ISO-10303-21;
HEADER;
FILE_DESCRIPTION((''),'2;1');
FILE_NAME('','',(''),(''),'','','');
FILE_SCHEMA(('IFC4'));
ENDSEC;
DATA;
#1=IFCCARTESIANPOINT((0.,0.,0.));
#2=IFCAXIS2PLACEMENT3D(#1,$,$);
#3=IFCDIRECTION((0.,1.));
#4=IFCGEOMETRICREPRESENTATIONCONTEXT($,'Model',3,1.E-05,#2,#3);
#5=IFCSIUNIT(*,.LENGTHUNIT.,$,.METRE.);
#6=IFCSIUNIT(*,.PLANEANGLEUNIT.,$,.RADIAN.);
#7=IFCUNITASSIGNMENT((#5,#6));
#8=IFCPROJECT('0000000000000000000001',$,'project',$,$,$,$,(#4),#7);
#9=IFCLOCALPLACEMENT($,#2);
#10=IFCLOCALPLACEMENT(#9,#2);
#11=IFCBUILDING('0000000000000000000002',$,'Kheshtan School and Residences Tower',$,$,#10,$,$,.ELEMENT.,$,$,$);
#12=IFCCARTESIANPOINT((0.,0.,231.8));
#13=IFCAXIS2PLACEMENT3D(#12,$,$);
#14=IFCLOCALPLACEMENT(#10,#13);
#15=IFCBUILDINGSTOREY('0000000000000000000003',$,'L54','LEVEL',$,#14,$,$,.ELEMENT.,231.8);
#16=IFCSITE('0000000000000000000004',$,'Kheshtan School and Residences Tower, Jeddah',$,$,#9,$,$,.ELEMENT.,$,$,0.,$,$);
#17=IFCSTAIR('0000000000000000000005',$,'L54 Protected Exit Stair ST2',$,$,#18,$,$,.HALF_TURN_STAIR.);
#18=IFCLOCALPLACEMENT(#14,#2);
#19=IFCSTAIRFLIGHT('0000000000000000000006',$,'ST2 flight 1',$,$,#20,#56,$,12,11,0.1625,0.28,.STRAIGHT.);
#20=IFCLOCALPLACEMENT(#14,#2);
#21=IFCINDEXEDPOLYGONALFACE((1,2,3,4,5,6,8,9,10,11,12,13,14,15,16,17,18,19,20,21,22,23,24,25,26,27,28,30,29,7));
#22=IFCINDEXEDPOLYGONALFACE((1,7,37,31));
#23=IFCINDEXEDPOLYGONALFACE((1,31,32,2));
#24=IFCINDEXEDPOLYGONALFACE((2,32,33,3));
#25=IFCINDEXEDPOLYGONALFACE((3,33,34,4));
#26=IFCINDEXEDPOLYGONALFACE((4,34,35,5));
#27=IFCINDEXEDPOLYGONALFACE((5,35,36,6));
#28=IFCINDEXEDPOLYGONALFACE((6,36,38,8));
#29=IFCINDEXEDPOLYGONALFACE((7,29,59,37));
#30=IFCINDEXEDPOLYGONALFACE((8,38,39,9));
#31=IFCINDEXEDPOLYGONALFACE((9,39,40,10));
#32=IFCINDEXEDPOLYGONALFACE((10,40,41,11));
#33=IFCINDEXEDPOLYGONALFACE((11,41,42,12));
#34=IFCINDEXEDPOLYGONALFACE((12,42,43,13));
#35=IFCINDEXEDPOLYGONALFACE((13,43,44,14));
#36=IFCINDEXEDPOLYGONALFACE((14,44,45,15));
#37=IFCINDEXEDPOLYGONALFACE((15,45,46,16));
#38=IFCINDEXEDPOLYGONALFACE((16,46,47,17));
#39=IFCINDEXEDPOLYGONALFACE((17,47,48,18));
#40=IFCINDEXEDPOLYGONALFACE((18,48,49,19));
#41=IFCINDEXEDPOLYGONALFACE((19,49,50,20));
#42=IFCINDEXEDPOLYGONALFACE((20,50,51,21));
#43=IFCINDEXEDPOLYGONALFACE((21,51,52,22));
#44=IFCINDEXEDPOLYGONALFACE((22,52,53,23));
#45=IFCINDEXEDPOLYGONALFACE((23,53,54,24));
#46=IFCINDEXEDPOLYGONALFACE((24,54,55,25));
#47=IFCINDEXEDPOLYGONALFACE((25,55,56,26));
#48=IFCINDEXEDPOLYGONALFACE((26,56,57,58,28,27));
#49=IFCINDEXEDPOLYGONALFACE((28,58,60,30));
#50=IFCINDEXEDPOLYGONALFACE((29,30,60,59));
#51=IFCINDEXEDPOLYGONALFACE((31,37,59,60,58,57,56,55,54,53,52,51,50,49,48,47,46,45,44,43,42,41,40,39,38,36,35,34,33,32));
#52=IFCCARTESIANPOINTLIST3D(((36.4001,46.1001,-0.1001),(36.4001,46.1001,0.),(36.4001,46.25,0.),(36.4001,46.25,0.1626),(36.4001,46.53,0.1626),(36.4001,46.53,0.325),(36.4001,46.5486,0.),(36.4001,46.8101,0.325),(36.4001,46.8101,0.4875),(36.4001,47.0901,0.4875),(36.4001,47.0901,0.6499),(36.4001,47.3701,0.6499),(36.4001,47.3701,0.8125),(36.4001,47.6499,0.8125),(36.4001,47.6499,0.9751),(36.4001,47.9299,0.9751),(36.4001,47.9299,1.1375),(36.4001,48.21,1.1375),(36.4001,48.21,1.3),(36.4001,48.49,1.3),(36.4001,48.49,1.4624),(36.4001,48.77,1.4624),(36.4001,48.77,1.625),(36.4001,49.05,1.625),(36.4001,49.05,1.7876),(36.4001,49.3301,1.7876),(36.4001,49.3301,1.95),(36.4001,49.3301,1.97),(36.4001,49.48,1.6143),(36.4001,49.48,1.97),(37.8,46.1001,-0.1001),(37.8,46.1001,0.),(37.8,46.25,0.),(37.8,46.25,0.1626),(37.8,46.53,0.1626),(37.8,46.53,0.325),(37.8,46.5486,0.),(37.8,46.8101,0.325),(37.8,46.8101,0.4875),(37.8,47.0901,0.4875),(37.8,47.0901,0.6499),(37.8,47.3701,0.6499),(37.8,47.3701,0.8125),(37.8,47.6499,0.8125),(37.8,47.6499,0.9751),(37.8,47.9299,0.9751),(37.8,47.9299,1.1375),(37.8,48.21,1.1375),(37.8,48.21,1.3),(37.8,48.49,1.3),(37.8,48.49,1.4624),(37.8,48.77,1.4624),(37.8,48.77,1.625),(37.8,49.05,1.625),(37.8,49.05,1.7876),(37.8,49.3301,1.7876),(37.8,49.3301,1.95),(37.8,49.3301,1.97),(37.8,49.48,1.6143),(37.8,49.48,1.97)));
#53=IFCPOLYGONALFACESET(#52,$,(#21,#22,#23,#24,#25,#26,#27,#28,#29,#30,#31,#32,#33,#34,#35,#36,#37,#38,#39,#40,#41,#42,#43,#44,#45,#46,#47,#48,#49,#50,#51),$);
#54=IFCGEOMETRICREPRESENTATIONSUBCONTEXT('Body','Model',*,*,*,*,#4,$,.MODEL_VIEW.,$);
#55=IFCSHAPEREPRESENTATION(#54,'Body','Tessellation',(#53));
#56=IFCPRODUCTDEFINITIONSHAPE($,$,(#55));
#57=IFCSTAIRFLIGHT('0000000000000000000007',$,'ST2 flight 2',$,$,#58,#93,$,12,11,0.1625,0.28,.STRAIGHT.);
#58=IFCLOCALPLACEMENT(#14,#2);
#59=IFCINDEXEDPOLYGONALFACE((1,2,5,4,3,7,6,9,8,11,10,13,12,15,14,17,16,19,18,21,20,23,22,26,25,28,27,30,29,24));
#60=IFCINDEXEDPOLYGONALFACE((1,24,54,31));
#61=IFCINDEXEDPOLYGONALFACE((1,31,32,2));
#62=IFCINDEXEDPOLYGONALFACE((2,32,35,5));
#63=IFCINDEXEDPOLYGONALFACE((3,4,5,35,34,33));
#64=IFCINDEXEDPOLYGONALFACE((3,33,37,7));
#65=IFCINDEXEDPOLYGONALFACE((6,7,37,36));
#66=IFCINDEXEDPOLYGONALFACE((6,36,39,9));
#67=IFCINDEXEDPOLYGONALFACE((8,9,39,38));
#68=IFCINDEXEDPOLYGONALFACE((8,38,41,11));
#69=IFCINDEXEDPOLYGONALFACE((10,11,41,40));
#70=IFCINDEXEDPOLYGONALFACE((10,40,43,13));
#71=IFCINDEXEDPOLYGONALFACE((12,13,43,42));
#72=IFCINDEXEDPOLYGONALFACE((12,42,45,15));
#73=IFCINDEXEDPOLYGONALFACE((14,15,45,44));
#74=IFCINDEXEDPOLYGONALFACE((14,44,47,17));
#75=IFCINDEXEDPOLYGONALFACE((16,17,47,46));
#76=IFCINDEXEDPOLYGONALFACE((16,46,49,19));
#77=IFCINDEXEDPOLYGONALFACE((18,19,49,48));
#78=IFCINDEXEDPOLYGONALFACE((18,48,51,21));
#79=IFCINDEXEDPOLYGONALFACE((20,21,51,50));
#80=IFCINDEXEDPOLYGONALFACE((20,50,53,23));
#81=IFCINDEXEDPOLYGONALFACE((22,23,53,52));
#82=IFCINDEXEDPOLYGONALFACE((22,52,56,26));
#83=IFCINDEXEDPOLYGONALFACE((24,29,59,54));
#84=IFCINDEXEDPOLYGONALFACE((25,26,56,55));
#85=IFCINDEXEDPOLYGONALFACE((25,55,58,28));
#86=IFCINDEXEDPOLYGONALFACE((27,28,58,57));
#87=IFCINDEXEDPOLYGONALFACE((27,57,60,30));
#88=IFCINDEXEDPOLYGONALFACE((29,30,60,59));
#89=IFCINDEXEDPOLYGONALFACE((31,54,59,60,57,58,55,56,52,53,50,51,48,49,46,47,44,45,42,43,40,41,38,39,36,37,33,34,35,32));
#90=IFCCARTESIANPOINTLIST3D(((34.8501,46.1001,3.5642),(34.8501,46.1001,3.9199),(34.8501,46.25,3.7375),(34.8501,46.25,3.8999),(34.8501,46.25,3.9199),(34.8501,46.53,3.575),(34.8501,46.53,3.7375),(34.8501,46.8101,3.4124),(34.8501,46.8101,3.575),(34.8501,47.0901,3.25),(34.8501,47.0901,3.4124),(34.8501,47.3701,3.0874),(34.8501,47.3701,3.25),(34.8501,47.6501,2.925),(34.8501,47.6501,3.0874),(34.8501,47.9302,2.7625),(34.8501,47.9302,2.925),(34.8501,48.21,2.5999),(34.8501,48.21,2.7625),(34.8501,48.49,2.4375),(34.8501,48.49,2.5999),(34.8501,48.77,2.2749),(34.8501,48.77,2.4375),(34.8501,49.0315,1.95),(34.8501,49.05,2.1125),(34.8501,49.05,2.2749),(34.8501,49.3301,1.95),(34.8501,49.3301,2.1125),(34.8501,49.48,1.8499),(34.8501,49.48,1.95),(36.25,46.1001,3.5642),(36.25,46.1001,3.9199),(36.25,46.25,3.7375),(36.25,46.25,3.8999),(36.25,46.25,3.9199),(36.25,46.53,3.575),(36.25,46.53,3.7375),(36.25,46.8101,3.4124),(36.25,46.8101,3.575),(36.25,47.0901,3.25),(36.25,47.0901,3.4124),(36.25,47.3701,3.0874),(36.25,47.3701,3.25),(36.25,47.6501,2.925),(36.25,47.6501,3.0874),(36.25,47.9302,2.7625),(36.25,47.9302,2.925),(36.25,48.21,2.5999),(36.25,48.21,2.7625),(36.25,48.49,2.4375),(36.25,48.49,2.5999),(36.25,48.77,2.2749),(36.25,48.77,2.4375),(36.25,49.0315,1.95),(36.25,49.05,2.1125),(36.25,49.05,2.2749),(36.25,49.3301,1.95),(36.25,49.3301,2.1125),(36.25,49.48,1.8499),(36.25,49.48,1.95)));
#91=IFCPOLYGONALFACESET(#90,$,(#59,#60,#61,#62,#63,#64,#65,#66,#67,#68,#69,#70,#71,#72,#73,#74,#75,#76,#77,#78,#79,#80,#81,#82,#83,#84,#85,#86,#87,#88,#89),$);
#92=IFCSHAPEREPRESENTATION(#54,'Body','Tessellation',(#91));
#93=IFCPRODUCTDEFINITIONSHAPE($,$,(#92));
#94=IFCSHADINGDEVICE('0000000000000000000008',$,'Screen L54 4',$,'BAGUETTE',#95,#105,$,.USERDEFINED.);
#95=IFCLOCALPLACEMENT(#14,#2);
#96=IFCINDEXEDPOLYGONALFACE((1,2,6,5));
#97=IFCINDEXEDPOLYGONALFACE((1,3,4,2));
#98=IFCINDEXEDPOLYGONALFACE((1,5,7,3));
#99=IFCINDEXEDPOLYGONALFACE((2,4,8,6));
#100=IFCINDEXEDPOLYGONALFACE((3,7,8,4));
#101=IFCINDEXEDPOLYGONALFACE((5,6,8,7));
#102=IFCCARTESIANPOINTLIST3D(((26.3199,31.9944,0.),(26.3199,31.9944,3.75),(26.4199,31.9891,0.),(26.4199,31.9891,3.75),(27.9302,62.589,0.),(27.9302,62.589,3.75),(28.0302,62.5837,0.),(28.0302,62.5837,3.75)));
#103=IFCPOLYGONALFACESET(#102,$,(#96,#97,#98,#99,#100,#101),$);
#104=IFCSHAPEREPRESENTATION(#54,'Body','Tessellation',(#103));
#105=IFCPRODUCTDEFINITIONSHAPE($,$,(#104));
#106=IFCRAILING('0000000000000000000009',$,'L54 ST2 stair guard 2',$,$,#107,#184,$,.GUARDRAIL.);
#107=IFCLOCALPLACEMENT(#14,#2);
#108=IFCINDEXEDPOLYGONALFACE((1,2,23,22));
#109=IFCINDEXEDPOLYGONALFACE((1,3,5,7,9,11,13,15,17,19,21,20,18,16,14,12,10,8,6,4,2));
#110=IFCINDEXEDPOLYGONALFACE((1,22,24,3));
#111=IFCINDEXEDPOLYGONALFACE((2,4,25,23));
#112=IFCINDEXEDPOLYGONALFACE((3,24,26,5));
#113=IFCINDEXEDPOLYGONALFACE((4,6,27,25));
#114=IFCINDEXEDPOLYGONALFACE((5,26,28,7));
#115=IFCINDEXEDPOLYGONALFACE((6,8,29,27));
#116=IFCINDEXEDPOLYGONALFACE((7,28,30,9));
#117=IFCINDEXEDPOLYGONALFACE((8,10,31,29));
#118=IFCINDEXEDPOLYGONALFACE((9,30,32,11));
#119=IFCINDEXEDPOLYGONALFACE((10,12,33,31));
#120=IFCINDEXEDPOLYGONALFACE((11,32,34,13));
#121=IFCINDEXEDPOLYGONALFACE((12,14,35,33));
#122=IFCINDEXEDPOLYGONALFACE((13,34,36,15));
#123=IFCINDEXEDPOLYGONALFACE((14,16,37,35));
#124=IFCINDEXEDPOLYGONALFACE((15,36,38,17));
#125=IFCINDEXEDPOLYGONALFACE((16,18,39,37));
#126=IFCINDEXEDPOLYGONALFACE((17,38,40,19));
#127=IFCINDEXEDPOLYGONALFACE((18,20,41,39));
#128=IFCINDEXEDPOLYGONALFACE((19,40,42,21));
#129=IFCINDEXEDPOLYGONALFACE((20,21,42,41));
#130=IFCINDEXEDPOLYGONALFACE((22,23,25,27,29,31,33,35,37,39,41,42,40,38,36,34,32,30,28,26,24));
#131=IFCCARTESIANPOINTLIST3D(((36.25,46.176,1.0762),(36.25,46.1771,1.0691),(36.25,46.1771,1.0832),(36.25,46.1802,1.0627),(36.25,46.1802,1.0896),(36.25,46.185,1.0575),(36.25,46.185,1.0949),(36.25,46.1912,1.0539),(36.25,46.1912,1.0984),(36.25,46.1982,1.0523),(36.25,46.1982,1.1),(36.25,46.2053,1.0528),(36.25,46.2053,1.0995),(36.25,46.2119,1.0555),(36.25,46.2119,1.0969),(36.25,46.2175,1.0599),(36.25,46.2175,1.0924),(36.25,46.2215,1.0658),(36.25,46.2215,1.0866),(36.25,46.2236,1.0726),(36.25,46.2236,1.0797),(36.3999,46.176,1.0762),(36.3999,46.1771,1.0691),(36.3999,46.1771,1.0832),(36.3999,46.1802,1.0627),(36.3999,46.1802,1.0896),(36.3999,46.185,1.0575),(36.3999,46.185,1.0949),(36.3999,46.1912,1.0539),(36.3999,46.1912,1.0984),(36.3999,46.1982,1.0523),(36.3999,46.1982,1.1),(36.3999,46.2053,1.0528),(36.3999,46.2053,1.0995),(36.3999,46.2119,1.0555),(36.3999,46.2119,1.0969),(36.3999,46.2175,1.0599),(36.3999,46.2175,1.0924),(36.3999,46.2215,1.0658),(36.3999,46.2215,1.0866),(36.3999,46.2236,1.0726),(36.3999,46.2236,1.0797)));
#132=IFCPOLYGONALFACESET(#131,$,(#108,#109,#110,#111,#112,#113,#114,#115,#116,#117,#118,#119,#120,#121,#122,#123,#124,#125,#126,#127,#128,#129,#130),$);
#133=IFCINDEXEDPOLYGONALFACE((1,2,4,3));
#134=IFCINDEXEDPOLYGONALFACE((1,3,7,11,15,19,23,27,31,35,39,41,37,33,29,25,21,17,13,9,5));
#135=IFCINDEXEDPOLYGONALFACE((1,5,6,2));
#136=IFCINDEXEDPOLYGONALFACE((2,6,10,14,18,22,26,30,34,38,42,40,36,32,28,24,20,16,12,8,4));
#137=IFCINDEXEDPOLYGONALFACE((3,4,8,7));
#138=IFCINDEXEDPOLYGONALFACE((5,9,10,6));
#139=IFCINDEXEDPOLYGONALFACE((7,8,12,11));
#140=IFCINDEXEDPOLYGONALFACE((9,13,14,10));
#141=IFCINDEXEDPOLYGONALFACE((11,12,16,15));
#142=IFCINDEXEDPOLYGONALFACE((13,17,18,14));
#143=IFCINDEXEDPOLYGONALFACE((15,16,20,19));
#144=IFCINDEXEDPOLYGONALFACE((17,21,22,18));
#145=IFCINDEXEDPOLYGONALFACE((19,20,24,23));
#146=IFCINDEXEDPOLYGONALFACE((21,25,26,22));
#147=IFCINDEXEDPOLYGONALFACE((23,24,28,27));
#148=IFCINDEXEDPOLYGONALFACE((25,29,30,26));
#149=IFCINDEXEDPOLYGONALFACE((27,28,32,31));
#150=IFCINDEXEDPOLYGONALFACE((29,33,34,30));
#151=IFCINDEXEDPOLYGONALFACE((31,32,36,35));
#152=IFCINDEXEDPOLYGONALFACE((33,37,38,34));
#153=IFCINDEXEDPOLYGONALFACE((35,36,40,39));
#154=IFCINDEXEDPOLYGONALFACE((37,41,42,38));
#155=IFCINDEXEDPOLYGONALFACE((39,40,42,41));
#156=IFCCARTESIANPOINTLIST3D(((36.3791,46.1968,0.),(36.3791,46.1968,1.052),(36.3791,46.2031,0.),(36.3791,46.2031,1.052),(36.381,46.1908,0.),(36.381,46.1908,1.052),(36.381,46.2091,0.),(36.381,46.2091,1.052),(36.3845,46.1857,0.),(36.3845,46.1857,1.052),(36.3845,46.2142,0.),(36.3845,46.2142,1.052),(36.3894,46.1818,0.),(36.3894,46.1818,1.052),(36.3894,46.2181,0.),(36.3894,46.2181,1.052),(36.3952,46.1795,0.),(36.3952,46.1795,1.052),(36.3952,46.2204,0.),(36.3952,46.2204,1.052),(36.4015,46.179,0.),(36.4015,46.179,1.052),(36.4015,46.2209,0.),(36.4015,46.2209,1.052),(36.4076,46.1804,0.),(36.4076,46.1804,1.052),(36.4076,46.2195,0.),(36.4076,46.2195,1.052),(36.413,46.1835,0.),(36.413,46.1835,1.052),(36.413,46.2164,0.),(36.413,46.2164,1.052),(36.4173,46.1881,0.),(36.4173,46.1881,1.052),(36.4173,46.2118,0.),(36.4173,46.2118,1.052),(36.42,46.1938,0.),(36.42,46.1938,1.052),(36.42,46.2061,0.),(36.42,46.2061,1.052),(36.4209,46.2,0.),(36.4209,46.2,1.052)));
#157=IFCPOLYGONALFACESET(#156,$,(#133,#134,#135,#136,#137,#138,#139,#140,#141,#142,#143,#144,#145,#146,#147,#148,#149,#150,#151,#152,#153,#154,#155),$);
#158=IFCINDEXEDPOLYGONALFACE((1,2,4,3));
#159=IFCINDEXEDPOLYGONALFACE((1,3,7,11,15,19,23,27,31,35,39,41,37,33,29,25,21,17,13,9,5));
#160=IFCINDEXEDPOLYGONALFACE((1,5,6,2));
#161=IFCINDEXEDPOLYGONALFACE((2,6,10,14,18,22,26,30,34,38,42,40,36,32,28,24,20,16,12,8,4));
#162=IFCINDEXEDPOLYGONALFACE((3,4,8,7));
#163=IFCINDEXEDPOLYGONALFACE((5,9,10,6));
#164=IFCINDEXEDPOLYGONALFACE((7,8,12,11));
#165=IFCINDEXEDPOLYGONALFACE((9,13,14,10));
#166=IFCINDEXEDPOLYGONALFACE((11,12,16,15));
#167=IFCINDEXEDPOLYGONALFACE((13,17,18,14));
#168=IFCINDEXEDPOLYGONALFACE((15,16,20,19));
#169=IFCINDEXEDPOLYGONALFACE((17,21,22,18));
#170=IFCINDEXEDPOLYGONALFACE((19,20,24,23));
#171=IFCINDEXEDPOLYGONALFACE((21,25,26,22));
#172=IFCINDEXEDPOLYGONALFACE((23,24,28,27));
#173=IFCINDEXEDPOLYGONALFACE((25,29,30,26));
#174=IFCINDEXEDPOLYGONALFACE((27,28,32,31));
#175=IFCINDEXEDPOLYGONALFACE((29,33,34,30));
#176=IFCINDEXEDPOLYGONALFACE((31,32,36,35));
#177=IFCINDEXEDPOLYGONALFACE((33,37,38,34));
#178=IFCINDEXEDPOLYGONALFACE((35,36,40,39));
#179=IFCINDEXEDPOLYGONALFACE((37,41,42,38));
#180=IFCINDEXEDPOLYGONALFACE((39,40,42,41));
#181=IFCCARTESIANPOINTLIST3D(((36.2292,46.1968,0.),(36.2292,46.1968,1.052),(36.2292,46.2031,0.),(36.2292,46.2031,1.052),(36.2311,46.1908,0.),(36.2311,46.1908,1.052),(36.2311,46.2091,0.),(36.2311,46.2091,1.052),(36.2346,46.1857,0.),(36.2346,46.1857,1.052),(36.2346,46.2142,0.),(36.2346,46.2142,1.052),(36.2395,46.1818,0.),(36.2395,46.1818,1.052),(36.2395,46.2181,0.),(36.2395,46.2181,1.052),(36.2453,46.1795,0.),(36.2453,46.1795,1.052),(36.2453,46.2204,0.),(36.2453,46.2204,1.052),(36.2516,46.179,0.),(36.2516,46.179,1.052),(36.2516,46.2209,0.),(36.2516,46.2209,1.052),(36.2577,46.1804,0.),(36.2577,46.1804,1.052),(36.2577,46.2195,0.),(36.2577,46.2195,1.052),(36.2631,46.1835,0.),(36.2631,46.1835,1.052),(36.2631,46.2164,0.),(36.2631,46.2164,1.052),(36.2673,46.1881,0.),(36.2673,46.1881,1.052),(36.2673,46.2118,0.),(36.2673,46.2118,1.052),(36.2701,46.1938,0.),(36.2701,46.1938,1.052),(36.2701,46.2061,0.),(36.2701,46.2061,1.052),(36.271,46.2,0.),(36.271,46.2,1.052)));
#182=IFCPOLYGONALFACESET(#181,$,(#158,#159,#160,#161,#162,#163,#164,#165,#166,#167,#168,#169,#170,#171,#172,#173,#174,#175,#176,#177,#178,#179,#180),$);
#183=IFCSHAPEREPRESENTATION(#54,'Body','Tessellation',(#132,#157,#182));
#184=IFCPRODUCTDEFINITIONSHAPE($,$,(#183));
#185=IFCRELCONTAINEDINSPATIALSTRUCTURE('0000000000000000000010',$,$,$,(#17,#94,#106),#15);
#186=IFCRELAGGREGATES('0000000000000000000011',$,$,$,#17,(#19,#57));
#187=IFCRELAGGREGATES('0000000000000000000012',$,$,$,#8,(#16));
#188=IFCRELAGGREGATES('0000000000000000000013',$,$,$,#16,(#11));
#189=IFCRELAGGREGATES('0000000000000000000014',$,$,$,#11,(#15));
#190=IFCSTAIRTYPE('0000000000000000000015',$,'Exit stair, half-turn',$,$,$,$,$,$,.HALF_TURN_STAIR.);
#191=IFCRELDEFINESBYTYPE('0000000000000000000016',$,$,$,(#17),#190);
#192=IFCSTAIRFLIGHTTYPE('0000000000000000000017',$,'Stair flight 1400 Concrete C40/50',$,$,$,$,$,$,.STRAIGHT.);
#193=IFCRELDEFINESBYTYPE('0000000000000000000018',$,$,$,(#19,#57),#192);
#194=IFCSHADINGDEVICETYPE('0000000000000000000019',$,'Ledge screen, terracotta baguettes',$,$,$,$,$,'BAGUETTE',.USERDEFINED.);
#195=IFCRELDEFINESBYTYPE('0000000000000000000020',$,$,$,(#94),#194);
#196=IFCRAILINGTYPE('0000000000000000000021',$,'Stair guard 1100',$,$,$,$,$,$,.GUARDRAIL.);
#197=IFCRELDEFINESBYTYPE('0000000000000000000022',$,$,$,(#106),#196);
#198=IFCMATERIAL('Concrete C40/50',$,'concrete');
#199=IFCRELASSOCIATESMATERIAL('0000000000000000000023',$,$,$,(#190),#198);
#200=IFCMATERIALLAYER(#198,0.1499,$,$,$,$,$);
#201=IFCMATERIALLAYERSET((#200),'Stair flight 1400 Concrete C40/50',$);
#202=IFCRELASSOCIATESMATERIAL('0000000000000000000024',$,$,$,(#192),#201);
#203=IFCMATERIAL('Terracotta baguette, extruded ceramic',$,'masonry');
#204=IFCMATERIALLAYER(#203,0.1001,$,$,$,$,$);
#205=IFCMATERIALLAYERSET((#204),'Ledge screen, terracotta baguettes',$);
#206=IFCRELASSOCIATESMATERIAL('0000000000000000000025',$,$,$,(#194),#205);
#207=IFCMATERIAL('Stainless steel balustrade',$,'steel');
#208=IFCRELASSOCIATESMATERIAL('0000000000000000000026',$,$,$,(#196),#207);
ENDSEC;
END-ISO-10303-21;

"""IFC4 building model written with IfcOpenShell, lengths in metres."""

from ifc_helpers import new_model, si_unit, direction, frame, origin, origin_2d, place, context, subcontext, project, spatial, polyline, rectangle, circle, outline, extrude, material, layer, layer_set, type_object, element, aggregate, save


model = new_model("IFC4")

# Units and contexts
model_context = context("Model", 3, precision=1e-05, world=origin(), true_north=direction((0.0, 1.0)))
body_context = subcontext(model_context, "Body", "Model", "MODEL_VIEW")
ifc_project = project(units=[si_unit("LENGTHUNIT", "METRE"), si_unit("PLANEANGLEUNIT", "RADIAN")], contexts=[model_context])

# Site, building, storey
site_placement = place(None, origin())
site = spatial("IfcSite", under=ifc_project, at=site_placement, Name="Kheshtan School and Residences Tower, Jeddah", CompositionType="ELEMENT", RefElevation=0.0)
building_placement = place(site_placement, origin())
building = spatial("IfcBuilding", under=site, at=building_placement, Name="Kheshtan School and Residences Tower", CompositionType="ELEMENT")
storey_placement = place(building_placement, frame((0.0, 0.0, 231.8)))
storey = spatial("IfcBuildingStorey", under=building, at=storey_placement, Name="L54", Description="LEVEL", CompositionType="ELEMENT", Elevation=231.8)

# Shared definitions
ifc_material_1 = material(Name="Concrete C40/50", Category="concrete")

# Stair, stair flights
stair_type = type_object("IfcStairType", Name="Exit stair, half-turn", PredefinedType="HALF_TURN_STAIR", material=ifc_material_1)
stair_placement = place(storey_placement, origin())
stair = element("IfcStair", 1, at=stair_placement, inside=storey, type_object=stair_type, Name="L54 Protected Exit Stair ST2", PredefinedType="HALF_TURN_STAIR")
ifc_layer_1 = layer(ifc_material_1, 0.1499)
ifc_layer_set_1 = layer_set([ifc_layer_1], Name="Stair flight 1400 Concrete C40/50")
stair_flight_type = type_object("IfcStairFlightType", Name="Stair flight 1400 Concrete C40/50", PredefinedType="STRAIGHT", material=ifc_layer_set_1)
stair_flight_1_placement = place(storey_placement, frame((37.1001, 46.25, 0.0), z_axis=(0.0, 0.0, 1.0), x_axis=(0.0, 1.0, 0.0)))
stair_flight_1 = element("IfcStairFlight", 2, at=stair_flight_1_placement, type_object=stair_flight_type, Name="ST2 flight 1", NumberOfRisers=12, NumberOfTreads=11, PredefinedType="STRAIGHT", RiserHeight=0.1625, TreadLength=0.28, context=body_context, shape_type="SweptSolid", body=[
    extrude(outline(polyline([(-0.1499, -0.1001), (-0.1499, 0.0), (0.0, 0.0), (0.0, 0.1626), (0.28, 0.1626), (0.28, 0.325), (0.5601, 0.325), (0.5601, 0.4875), (0.8401, 0.4875), (0.8401, 0.6499), (1.1201, 0.6499), (1.1201, 0.8125), (1.3999, 0.8125), (1.3999, 0.9751), (1.6799, 0.9751), (1.6799, 1.1375), (1.96, 1.1375), (1.96, 1.3), (2.24, 1.3), (2.24, 1.4624), (2.52, 1.4624), (2.52, 1.625), (2.8, 1.625), (2.8, 1.7876), (3.0801, 1.7876), (3.0801, 1.95), (3.0801, 1.97), (3.23, 1.97), (3.23, 1.6143), (0.2986, 0.0), (-0.1499, -0.1001)])), frame((0.0, 0.7, 0.0), z_axis=(0.0, -1.0, 0.0), x_axis=(1.0, 0.0, 0.0)), (0.0, 0.0, 1.0), 1.3999),
])
stair_flight_2_placement = place(storey_placement, frame((35.55, 49.3301, 1.95), z_axis=(0.0, 0.0, 1.0), x_axis=(0.0, -1.0, 0.0)))
stair_flight_2 = element("IfcStairFlight", 3, at=stair_flight_2_placement, type_object=stair_flight_type, Name="ST2 flight 2", NumberOfRisers=12, NumberOfTreads=11, PredefinedType="STRAIGHT", RiserHeight=0.1625, TreadLength=0.28, context=body_context, shape_type="SweptSolid", body=[
    extrude(outline(polyline([(-0.1499, -0.1001), (-0.1499, 0.0), (0.0, 0.0), (0.0, 0.1626), (0.28, 0.1626), (0.28, 0.325), (0.5601, 0.325), (0.5601, 0.4875), (0.8401, 0.4875), (0.8401, 0.6499), (1.1201, 0.6499), (1.1201, 0.8125), (1.3999, 0.8125), (1.3999, 0.9751), (1.6799, 0.9751), (1.6799, 1.1375), (1.96, 1.1375), (1.96, 1.3), (2.24, 1.3), (2.24, 1.4624), (2.52, 1.4624), (2.52, 1.625), (2.8, 1.625), (2.8, 1.7876), (3.0801, 1.7876), (3.0801, 1.95), (3.0801, 1.97), (3.23, 1.97), (3.23, 1.6143), (0.2986, 0.0), (-0.1499, -0.1001)])), frame((0.0, 0.7, 0.0), z_axis=(0.0, -1.0, 0.0), x_axis=(1.0, 0.0, 0.0)), (0.0, 0.0, 1.0), 1.3999),
])
aggregate(stair, [stair_flight_1, stair_flight_2])

# Shading device
ifc_material_2 = material(Name="Terracotta baguette, extruded ceramic", Category="masonry")
ifc_layer_2 = layer(ifc_material_2, 0.1001)
ifc_layer_set_2 = layer_set([ifc_layer_2], Name="Ledge screen, terracotta baguettes")
shading_device_type = type_object("IfcShadingDeviceType", Name="Ledge screen, terracotta baguettes", ElementType="BAGUETTE", PredefinedType="USERDEFINED", material=ifc_layer_set_2)
shading_device_placement = place(storey_placement, frame((27.175, 47.2891, 0.0), z_axis=(0.0, 0.0, 1.0), x_axis=(0.052563, 0.998618, 0.0)))
element("IfcShadingDevice", 4, at=shading_device_placement, inside=storey, type_object=shading_device_type, Name="Screen L54 4", ObjectType="BAGUETTE", PredefinedType="USERDEFINED", context=body_context, shape_type="SweptSolid", body=[
    extrude(rectangle(XDim=30.637, YDim=0.1001, at=origin_2d()), origin(), (0.0, 0.0, 1.0), 3.75),
])

# Railing
ifc_material_3 = material(Name="Stainless steel balustrade", Category="steel")
railing_type_1 = type_object("IfcRailingType", Name="Stair guard 1100", PredefinedType="GUARDRAIL", material=ifc_material_3)
railing_1_placement = place(storey_placement, frame((36.3999, 46.2, 0.0)))
element("IfcRailing", 5, at=railing_1_placement, inside=storey, type_object=railing_type_1, Name="L54 ST2 stair guard 2", PredefinedType="GUARDRAIL", context=body_context, shape_type="SweptSolid", body=[
    extrude(circle(Radius=0.0239, at=origin_2d()), frame((0.0, 0.0, 1.0762), z_axis=(-1.0, 0.0, 0.0), x_axis=(0.0, -1.0, 0.0)), (0.0, 0.0, 1.0), 0.1499),
    extrude(circle(Radius=0.021, at=origin_2d()), origin(), (0.0, 0.0, 1.0), 1.052),
    extrude(circle(Radius=0.021, at=origin_2d()), frame((-0.1499, 0.0, 0.0)), (0.0, 0.0, 1.0), 1.052),
])

save(model, "model.ifc")
